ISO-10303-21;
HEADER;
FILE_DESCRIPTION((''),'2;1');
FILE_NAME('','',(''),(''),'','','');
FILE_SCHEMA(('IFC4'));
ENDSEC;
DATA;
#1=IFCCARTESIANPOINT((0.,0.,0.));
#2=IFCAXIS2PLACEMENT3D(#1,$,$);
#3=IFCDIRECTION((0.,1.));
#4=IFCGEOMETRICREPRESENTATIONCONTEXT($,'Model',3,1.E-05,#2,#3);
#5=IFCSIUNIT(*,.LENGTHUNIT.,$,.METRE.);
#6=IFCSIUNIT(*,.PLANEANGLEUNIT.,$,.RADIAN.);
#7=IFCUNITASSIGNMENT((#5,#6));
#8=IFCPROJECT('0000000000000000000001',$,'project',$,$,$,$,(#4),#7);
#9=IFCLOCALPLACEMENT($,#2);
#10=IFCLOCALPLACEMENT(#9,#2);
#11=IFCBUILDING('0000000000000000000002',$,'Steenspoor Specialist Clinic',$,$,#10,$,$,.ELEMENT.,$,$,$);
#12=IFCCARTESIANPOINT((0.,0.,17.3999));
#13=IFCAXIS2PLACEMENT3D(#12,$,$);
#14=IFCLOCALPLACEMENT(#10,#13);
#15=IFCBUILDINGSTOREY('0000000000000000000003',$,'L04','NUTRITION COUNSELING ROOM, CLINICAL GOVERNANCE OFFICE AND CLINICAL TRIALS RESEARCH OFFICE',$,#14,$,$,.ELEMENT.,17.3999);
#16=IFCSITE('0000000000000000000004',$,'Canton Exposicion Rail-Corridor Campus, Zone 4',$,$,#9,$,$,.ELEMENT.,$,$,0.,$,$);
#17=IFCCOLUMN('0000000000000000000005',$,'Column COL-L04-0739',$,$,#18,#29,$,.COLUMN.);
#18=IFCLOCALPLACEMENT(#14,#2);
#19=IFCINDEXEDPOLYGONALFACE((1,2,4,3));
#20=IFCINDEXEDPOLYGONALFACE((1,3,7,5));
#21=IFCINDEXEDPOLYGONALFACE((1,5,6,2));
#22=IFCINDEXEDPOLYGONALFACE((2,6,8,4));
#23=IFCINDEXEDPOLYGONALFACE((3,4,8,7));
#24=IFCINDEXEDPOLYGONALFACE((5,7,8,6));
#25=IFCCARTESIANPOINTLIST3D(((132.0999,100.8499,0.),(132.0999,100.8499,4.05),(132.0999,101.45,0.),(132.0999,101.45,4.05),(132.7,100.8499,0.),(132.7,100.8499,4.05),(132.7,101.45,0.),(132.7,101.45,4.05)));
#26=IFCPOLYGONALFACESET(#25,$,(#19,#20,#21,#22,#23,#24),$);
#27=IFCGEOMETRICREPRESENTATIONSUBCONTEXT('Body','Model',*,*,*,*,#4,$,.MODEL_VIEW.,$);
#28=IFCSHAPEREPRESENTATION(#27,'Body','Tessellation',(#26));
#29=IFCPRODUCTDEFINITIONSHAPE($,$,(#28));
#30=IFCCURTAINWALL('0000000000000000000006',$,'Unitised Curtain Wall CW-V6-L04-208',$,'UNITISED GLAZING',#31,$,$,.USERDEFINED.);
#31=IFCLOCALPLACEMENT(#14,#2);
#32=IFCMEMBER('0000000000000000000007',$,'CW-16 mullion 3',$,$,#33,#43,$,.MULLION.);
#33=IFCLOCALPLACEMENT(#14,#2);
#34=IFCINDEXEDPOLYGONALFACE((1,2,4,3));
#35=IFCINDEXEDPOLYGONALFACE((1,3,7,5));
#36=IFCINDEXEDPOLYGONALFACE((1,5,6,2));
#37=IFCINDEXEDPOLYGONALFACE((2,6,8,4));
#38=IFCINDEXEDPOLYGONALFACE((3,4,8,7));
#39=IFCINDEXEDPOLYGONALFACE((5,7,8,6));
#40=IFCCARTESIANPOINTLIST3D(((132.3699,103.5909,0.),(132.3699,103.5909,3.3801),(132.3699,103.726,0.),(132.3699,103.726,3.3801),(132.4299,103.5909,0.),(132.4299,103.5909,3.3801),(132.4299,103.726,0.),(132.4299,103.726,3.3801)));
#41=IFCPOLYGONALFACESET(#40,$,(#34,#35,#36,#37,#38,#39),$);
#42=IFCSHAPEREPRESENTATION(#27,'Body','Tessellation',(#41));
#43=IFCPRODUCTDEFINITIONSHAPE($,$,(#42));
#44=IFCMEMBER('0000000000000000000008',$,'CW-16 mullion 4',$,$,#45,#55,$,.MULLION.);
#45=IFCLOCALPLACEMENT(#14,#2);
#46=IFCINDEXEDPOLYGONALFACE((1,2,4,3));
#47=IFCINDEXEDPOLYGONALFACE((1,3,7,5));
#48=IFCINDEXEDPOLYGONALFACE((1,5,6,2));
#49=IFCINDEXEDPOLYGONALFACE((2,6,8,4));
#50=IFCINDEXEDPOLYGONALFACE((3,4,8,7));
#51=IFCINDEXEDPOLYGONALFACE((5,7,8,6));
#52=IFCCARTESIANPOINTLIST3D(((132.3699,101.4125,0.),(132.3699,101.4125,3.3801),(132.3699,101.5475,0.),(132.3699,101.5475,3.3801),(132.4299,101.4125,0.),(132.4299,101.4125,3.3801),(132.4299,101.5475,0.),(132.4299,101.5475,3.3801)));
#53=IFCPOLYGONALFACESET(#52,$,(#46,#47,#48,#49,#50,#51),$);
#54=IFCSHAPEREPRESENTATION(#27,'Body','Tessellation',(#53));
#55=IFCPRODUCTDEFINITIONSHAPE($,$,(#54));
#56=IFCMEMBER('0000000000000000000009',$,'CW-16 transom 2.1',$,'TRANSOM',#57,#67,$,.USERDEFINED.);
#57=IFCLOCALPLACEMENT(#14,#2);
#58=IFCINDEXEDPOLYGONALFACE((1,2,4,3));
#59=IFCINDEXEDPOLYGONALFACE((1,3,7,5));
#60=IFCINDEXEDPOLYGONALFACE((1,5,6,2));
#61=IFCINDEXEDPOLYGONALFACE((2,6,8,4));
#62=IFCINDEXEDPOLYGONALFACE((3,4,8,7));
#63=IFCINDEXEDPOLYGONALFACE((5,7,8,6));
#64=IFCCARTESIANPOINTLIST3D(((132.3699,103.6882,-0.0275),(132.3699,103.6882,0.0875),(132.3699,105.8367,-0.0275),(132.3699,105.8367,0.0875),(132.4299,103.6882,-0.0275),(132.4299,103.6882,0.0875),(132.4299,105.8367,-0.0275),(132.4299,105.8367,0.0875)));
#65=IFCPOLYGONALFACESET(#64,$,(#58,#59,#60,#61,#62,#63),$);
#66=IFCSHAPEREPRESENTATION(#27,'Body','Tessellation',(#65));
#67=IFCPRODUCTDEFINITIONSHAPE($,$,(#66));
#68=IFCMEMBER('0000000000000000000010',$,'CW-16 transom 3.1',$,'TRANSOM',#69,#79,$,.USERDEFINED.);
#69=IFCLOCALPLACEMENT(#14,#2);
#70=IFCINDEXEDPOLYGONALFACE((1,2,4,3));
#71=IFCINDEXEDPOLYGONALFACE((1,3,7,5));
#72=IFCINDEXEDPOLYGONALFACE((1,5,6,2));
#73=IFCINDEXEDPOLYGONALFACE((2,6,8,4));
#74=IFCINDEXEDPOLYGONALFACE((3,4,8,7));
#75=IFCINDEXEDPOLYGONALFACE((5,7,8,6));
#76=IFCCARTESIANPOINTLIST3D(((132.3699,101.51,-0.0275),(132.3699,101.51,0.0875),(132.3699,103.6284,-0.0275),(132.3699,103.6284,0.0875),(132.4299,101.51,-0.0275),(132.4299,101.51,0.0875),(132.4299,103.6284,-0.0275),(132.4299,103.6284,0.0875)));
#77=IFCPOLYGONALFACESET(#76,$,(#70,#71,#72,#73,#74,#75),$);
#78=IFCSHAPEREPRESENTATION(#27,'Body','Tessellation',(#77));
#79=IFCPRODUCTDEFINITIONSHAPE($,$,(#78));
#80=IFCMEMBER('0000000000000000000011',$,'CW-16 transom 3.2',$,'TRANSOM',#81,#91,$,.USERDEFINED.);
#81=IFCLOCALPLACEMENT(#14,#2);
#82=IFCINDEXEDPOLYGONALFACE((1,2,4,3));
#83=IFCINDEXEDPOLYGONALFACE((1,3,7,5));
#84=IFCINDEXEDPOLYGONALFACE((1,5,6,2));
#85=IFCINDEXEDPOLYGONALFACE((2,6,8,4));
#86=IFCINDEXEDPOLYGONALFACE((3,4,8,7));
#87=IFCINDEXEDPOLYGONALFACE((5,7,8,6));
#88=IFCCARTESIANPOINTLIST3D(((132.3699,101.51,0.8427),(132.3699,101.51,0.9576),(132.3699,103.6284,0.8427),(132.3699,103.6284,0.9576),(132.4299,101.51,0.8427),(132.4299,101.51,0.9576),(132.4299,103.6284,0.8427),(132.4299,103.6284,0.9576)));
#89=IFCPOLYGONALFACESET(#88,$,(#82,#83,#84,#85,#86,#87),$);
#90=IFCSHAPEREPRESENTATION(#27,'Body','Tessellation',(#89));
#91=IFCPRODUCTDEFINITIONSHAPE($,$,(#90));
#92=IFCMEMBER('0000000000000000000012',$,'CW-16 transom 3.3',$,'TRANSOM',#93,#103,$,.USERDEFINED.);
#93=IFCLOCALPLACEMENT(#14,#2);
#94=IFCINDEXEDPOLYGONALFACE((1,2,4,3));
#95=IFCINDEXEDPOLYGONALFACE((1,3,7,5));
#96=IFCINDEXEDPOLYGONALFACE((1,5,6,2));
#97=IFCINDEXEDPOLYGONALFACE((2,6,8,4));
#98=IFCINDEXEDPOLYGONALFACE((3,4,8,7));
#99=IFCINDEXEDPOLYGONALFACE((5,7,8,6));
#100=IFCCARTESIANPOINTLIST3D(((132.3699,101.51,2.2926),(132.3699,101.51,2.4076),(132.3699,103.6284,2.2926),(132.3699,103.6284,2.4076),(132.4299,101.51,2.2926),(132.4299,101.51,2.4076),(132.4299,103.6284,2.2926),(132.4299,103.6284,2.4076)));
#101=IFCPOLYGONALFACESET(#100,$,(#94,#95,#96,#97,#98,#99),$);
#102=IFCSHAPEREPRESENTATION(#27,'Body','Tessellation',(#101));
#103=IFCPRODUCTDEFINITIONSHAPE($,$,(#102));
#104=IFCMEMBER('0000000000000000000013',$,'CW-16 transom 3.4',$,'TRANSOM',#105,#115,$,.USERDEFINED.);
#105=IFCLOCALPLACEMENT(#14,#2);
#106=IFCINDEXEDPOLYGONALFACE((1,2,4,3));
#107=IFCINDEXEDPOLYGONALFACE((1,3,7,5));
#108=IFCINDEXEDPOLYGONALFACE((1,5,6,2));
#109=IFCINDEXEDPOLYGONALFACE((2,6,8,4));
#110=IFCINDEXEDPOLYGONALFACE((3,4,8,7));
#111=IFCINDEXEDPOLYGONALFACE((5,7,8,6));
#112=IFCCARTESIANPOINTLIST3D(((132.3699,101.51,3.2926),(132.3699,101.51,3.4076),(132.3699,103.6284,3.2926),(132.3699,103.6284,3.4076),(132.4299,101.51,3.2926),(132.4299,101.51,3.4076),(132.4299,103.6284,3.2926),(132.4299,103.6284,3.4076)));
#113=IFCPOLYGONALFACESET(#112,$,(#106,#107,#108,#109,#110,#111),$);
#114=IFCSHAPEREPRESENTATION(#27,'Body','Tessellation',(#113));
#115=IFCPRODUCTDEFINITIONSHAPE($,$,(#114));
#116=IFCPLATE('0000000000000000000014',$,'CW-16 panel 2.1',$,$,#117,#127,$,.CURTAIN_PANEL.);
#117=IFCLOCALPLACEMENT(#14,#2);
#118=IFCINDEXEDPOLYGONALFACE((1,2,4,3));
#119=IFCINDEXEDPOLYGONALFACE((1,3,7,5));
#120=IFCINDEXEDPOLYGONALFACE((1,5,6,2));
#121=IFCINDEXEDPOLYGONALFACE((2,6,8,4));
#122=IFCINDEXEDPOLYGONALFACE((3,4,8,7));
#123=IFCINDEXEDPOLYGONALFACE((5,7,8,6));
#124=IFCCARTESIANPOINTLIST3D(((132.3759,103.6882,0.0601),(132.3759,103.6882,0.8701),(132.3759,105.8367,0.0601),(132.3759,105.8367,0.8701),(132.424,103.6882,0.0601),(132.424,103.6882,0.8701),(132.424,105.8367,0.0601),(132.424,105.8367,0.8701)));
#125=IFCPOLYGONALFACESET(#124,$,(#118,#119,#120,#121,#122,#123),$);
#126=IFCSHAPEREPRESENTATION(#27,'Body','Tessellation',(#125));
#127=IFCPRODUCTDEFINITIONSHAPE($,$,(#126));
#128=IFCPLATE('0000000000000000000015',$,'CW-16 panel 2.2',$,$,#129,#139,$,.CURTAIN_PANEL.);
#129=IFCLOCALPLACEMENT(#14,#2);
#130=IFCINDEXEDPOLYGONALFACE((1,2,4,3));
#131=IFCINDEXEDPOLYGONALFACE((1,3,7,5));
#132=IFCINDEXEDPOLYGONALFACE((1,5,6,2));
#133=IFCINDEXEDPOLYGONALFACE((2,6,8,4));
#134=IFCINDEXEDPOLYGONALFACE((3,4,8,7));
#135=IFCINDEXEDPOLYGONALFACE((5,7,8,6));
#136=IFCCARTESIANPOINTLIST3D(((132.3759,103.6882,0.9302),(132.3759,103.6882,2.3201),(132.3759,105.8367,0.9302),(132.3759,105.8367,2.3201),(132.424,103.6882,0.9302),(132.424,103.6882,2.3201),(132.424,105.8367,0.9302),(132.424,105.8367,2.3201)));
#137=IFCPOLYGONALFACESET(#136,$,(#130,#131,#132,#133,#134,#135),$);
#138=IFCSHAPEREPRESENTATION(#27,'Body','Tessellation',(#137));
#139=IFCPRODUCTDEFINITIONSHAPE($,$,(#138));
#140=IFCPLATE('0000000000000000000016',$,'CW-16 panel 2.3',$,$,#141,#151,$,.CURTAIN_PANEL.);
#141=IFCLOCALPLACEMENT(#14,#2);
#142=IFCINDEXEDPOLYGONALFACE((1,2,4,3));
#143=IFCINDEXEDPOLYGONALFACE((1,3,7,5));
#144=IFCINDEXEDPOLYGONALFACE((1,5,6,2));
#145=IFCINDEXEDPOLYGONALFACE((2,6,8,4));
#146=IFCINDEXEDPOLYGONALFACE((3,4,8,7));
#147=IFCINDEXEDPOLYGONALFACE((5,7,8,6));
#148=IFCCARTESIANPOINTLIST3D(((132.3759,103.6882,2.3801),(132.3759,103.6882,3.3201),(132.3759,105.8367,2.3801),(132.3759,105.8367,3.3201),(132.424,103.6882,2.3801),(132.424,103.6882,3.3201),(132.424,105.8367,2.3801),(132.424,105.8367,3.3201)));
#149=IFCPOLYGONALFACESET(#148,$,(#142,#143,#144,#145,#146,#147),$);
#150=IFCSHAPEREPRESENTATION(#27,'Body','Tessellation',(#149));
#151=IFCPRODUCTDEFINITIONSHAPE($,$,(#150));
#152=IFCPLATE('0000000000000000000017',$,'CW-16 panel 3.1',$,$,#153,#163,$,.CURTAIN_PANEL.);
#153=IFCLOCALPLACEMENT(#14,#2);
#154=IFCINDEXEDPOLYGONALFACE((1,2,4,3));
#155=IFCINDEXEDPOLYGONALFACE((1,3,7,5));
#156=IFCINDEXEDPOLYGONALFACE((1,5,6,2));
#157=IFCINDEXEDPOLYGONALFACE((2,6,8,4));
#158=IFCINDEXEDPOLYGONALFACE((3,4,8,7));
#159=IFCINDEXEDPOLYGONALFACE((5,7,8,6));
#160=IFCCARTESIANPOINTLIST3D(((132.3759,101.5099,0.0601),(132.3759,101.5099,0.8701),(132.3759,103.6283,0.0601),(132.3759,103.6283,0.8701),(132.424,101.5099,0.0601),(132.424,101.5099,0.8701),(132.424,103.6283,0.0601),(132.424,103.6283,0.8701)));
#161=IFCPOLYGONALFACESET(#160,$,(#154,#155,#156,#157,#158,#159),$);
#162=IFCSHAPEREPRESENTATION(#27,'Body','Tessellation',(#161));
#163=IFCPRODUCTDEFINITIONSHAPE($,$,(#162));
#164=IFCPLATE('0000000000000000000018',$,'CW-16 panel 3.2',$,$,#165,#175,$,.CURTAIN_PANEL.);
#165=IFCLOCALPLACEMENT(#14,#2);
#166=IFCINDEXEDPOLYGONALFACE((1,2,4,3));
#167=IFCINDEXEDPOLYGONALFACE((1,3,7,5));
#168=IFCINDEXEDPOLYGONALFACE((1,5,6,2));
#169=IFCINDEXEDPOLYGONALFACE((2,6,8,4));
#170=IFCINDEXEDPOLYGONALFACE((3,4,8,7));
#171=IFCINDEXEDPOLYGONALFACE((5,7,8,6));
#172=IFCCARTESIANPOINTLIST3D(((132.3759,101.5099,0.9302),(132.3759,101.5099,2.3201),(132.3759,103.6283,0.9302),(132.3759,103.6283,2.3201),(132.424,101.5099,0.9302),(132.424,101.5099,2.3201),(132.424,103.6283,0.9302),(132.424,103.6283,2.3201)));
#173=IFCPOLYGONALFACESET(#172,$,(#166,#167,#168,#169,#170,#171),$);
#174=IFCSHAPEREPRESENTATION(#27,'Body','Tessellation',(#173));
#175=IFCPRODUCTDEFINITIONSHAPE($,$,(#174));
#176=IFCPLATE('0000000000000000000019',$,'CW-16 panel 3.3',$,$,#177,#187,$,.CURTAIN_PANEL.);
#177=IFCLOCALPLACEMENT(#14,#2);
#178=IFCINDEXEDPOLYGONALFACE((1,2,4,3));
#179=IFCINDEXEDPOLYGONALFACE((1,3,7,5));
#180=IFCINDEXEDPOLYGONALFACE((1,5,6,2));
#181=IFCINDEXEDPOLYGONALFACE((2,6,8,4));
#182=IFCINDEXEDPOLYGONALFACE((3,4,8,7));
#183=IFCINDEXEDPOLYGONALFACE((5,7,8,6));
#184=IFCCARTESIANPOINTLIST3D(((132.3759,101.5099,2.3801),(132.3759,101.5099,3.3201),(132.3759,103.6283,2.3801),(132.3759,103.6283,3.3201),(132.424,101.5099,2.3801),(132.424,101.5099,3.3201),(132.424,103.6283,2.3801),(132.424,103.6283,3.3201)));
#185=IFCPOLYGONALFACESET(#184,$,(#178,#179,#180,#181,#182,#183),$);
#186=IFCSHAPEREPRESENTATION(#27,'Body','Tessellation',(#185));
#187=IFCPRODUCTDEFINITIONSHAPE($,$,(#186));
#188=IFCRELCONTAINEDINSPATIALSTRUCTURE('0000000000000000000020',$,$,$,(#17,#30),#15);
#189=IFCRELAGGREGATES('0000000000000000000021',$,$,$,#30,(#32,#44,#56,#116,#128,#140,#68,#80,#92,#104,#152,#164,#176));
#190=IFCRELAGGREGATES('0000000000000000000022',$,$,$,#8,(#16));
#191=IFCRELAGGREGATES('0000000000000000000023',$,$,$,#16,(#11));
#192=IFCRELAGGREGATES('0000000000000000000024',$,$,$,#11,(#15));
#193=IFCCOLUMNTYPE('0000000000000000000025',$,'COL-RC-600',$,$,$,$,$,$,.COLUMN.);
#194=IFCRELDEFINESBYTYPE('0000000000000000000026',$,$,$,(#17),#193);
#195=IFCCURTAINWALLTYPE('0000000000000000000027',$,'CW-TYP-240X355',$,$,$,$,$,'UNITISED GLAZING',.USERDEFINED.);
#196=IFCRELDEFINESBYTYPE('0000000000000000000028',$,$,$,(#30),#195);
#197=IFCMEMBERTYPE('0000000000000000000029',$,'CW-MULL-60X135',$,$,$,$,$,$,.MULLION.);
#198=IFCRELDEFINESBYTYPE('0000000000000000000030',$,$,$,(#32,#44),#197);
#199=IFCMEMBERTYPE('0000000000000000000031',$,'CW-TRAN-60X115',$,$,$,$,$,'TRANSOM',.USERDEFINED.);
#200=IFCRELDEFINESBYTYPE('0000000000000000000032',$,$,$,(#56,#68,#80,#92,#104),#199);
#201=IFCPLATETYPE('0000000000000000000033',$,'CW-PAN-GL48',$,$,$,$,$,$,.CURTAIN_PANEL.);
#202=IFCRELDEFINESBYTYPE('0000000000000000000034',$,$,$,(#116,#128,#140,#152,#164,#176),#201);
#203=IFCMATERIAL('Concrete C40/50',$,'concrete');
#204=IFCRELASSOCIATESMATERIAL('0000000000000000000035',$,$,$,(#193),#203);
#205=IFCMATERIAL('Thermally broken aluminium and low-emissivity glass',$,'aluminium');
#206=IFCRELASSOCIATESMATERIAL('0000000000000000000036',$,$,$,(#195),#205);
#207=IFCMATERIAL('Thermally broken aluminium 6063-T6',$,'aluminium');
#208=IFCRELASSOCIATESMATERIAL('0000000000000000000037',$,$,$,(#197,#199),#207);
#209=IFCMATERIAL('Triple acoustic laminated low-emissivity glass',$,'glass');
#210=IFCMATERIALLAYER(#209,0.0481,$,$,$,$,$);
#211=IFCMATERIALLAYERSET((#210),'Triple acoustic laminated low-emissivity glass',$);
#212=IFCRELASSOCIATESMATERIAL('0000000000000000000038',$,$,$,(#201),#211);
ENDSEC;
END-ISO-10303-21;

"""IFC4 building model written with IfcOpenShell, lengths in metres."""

from ifc_helpers import new_model, si_unit, direction, frame, origin, origin_2d, place, context, subcontext, project, spatial, rectangle, extrude, material, layer, layer_set, material_profile, profile_set, type_object, element, aggregate, save


model = new_model("IFC4")

# Units and contexts
model_context = context("Model", 3, precision=1e-05, world=origin(), true_north=direction((0.0, 1.0)))
body_context = subcontext(model_context, "Body", "Model", "MODEL_VIEW")
ifc_project = project(units=[si_unit("LENGTHUNIT", "METRE"), si_unit("PLANEANGLEUNIT", "RADIAN")], contexts=[model_context])

# Site, building, storey
site_placement = place(None, origin())
site = spatial("IfcSite", under=ifc_project, at=site_placement, Name="Canton Exposicion Rail-Corridor Campus, Zone 4", CompositionType="ELEMENT", RefElevation=0.0)
building_placement = place(site_placement, origin())
building = spatial("IfcBuilding", under=site, at=building_placement, Name="Steenspoor Specialist Clinic", CompositionType="ELEMENT")
storey_placement = place(building_placement, frame((0.0, 0.0, 17.3999)))
storey = spatial("IfcBuildingStorey", under=building, at=storey_placement, Name="L04", Description="NUTRITION COUNSELING ROOM, CLINICAL GOVERNANCE OFFICE AND CLINICAL TRIALS RESEARCH OFFICE", CompositionType="ELEMENT", Elevation=17.3999)

# Column
ifc_material_1 = material(Name="Concrete C40/50", Category="concrete")
ifc_material_profile_1 = material_profile(ifc_material_1, rectangle(XDim=0.6001, YDim=0.6001, at=origin_2d()), Name="RC-COL-600X600")
ifc_profile_set_1 = profile_set([ifc_material_profile_1], Name="Concrete C40/50")
column_type = type_object("IfcColumnType", Name="COL-RC-600", PredefinedType="COLUMN", material=ifc_profile_set_1)
column_placement = place(storey_placement, frame((132.3999, 101.1499, 0.0), z_axis=(0.0, 0.0, 1.0), x_axis=(1.0, 0.0, 0.0)))
element("IfcColumn", 1, at=column_placement, inside=storey, type_object=column_type, Name="Column COL-L04-0739", PredefinedType="COLUMN", context=body_context, shape_type="SweptSolid", body=[
    extrude(rectangle(XDim=0.6001, YDim=0.6001, at=origin_2d()), origin(), (0.0, 0.0, 1.0), 4.05),
])

# Curtain wall, members, plates
ifc_material_2 = material(Name="Thermally broken aluminium and low-emissivity glass", Category="aluminium")
curtain_wall_type = type_object("IfcCurtainWallType", Name="CW-TYP-240X355", ElementType="UNITISED GLAZING", PredefinedType="USERDEFINED", material=ifc_material_2)
curtain_wall_placement = place(storey_placement, origin())
curtain_wall = element("IfcCurtainWall", 2, at=curtain_wall_placement, inside=storey, type_object=curtain_wall_type, Name="Unitised Curtain Wall CW-V6-L04-208", ObjectType="UNITISED GLAZING", PredefinedType="USERDEFINED")
ifc_material_3 = material(Name="Thermally broken aluminium 6063-T6", Category="aluminium")
ifc_material_profile_2 = material_profile(ifc_material_3, rectangle(XDim=0.0601, YDim=0.135, at=origin_2d()), Name="CWM-60X135")
ifc_profile_set_2 = profile_set([ifc_material_profile_2], Name="Thermally broken aluminium 6063-T6")
member_type_1 = type_object("IfcMemberType", Name="CW-MULL-60X135", PredefinedType="MULLION", material=ifc_profile_set_2)
member_1_placement = place(storey_placement, frame((132.3999, 103.6584, 0.0), z_axis=(0.0, 0.0, 1.0), x_axis=(1.0, 0.0, 0.0)))
member_1 = element("IfcMember", 3, at=member_1_placement, type_object=member_type_1, Name="CW-16 mullion 3", PredefinedType="MULLION", context=body_context, shape_type="SweptSolid", body=[
    extrude(rectangle(XDim=0.0601, YDim=0.135, at=origin_2d()), origin(), (0.0, 0.0, 1.0), 3.3801),
])
member_2_placement = place(storey_placement, frame((132.3999, 101.48, 0.0), z_axis=(0.0, 0.0, 1.0), x_axis=(1.0, 0.0, 0.0)))
member_2 = element("IfcMember", 4, at=member_2_placement, type_object=member_type_1, Name="CW-16 mullion 4", PredefinedType="MULLION", context=body_context, shape_type="SweptSolid", body=[
    extrude(rectangle(XDim=0.0601, YDim=0.135, at=origin_2d()), origin(), (0.0, 0.0, 1.0), 3.3801),
])
ifc_material_profile_3 = material_profile(ifc_material_3, rectangle(XDim=0.0601, YDim=0.115, at=origin_2d()), Name="CWT-60X115")
ifc_profile_set_3 = profile_set([ifc_material_profile_3], Name="Thermally broken aluminium 6063-T6")
member_type_2 = type_object("IfcMemberType", Name="CW-TRAN-60X115", ElementType="TRANSOM", PredefinedType="USERDEFINED", material=ifc_profile_set_3)
member_3_placement = place(storey_placement, frame((132.3999, 105.8367, 0.03), z_axis=(0.0, -1.0, 0.0), x_axis=(1.0, 0.0, 0.0)))
member_3 = element("IfcMember", 5, at=member_3_placement, type_object=member_type_2, Name="CW-16 transom 2.1", ObjectType="TRANSOM", PredefinedType="USERDEFINED", context=body_context, shape_type="SweptSolid", body=[
    extrude(rectangle(XDim=0.0601, YDim=0.115, at=origin_2d()), origin(), (0.0, 0.0, 1.0), 2.1484),
])
member_4_placement = place(storey_placement, frame((132.3999, 103.6284, 0.03), z_axis=(0.0, -1.0, 0.0), x_axis=(1.0, 0.0, 0.0)))
member_4 = element("IfcMember", 6, at=member_4_placement, type_object=member_type_2, Name="CW-16 transom 3.1", ObjectType="TRANSOM", PredefinedType="USERDEFINED", context=body_context, shape_type="SweptSolid", body=[
    extrude(rectangle(XDim=0.0601, YDim=0.115, at=origin_2d()), origin(), (0.0, 0.0, 1.0), 2.1184),
])
member_5_placement = place(storey_placement, frame((132.3999, 103.6284, 0.9001), z_axis=(0.0, -1.0, 0.0), x_axis=(1.0, 0.0, 0.0)))
member_5 = element("IfcMember", 7, at=member_5_placement, type_object=member_type_2, Name="CW-16 transom 3.2", ObjectType="TRANSOM", PredefinedType="USERDEFINED", context=body_context, shape_type="SweptSolid", body=[
    extrude(rectangle(XDim=0.0601, YDim=0.115, at=origin_2d()), origin(), (0.0, 0.0, 1.0), 2.1184),
])
member_6_placement = place(storey_placement, frame((132.3999, 103.6284, 2.3501), z_axis=(0.0, -1.0, 0.0), x_axis=(1.0, 0.0, 0.0)))
member_6 = element("IfcMember", 8, at=member_6_placement, type_object=member_type_2, Name="CW-16 transom 3.3", ObjectType="TRANSOM", PredefinedType="USERDEFINED", context=body_context, shape_type="SweptSolid", body=[
    extrude(rectangle(XDim=0.0601, YDim=0.115, at=origin_2d()), origin(), (0.0, 0.0, 1.0), 2.1184),
])
member_7_placement = place(storey_placement, frame((132.3999, 103.6284, 3.3501), z_axis=(0.0, -1.0, 0.0), x_axis=(1.0, 0.0, 0.0)))
member_7 = element("IfcMember", 9, at=member_7_placement, type_object=member_type_2, Name="CW-16 transom 3.4", ObjectType="TRANSOM", PredefinedType="USERDEFINED", context=body_context, shape_type="SweptSolid", body=[
    extrude(rectangle(XDim=0.0601, YDim=0.115, at=origin_2d()), origin(), (0.0, 0.0, 1.0), 2.1184),
])
ifc_material_4 = material(Name="Triple acoustic laminated low-emissivity glass", Category="glass")
ifc_layer_1 = layer(ifc_material_4, 0.0481)
ifc_layer_set_1 = layer_set([ifc_layer_1], Name="Triple acoustic laminated low-emissivity glass")
plate_type = type_object("IfcPlateType", Name="CW-PAN-GL48", PredefinedType="CURTAIN_PANEL", material=ifc_layer_set_1)
plate_1_placement = place(storey_placement, frame((132.3999, 104.7625, 0.0601), z_axis=(0.0, 0.0, 1.0), x_axis=(0.0, -1.0, 0.0)))
plate_1 = element("IfcPlate", 10, at=plate_1_placement, type_object=plate_type, Name="CW-16 panel 2.1", PredefinedType="CURTAIN_PANEL", context=body_context, shape_type="SweptSolid", body=[
    extrude(rectangle(XDim=2.1484, YDim=0.0481, at=origin_2d()), origin(), (0.0, 0.0, 1.0), 0.8101),
])
plate_2_placement = place(storey_placement, frame((132.3999, 104.7625, 0.9302), z_axis=(0.0, 0.0, 1.0), x_axis=(0.0, -1.0, 0.0)))
plate_2 = element("IfcPlate", 11, at=plate_2_placement, type_object=plate_type, Name="CW-16 panel 2.2", PredefinedType="CURTAIN_PANEL", context=body_context, shape_type="SweptSolid", body=[
    extrude(rectangle(XDim=2.1484, YDim=0.0481, at=origin_2d()), origin(), (0.0, 0.0, 1.0), 1.3899),
])
plate_3_placement = place(storey_placement, frame((132.3999, 104.7625, 2.3801), z_axis=(0.0, 0.0, 1.0), x_axis=(0.0, -1.0, 0.0)))
plate_3 = element("IfcPlate", 12, at=plate_3_placement, type_object=plate_type, Name="CW-16 panel 2.3", PredefinedType="CURTAIN_PANEL", context=body_context, shape_type="SweptSolid", body=[
    extrude(rectangle(XDim=2.1484, YDim=0.0481, at=origin_2d()), origin(), (0.0, 0.0, 1.0), 0.9399),
])
plate_4_placement = place(storey_placement, frame((132.3999, 102.5691, 0.0601), z_axis=(0.0, 0.0, 1.0), x_axis=(0.0, -1.0, 0.0)))
plate_4 = element("IfcPlate", 13, at=plate_4_placement, type_object=plate_type, Name="CW-16 panel 3.1", PredefinedType="CURTAIN_PANEL", context=body_context, shape_type="SweptSolid", body=[
    extrude(rectangle(XDim=2.1184, YDim=0.0481, at=origin_2d()), origin(), (0.0, 0.0, 1.0), 0.8101),
])
plate_5_placement = place(storey_placement, frame((132.3999, 102.5691, 0.9302), z_axis=(0.0, 0.0, 1.0), x_axis=(0.0, -1.0, 0.0)))
plate_5 = element("IfcPlate", 14, at=plate_5_placement, type_object=plate_type, Name="CW-16 panel 3.2", PredefinedType="CURTAIN_PANEL", context=body_context, shape_type="SweptSolid", body=[
    extrude(rectangle(XDim=2.1184, YDim=0.0481, at=origin_2d()), origin(), (0.0, 0.0, 1.0), 1.3899),
])
plate_6_placement = place(storey_placement, frame((132.3999, 102.5691, 2.3801), z_axis=(0.0, 0.0, 1.0), x_axis=(0.0, -1.0, 0.0)))
plate_6 = element("IfcPlate", 15, at=plate_6_placement, type_object=plate_type, Name="CW-16 panel 3.3", PredefinedType="CURTAIN_PANEL", context=body_context, shape_type="SweptSolid", body=[
    extrude(rectangle(XDim=2.1184, YDim=0.0481, at=origin_2d()), origin(), (0.0, 0.0, 1.0), 0.9399),
])
aggregate(curtain_wall, [member_1, member_2, member_3, plate_1, plate_2, plate_3, member_4, member_5, member_6, member_7, plate_4, plate_5, plate_6])

save(model, "model.ifc")
